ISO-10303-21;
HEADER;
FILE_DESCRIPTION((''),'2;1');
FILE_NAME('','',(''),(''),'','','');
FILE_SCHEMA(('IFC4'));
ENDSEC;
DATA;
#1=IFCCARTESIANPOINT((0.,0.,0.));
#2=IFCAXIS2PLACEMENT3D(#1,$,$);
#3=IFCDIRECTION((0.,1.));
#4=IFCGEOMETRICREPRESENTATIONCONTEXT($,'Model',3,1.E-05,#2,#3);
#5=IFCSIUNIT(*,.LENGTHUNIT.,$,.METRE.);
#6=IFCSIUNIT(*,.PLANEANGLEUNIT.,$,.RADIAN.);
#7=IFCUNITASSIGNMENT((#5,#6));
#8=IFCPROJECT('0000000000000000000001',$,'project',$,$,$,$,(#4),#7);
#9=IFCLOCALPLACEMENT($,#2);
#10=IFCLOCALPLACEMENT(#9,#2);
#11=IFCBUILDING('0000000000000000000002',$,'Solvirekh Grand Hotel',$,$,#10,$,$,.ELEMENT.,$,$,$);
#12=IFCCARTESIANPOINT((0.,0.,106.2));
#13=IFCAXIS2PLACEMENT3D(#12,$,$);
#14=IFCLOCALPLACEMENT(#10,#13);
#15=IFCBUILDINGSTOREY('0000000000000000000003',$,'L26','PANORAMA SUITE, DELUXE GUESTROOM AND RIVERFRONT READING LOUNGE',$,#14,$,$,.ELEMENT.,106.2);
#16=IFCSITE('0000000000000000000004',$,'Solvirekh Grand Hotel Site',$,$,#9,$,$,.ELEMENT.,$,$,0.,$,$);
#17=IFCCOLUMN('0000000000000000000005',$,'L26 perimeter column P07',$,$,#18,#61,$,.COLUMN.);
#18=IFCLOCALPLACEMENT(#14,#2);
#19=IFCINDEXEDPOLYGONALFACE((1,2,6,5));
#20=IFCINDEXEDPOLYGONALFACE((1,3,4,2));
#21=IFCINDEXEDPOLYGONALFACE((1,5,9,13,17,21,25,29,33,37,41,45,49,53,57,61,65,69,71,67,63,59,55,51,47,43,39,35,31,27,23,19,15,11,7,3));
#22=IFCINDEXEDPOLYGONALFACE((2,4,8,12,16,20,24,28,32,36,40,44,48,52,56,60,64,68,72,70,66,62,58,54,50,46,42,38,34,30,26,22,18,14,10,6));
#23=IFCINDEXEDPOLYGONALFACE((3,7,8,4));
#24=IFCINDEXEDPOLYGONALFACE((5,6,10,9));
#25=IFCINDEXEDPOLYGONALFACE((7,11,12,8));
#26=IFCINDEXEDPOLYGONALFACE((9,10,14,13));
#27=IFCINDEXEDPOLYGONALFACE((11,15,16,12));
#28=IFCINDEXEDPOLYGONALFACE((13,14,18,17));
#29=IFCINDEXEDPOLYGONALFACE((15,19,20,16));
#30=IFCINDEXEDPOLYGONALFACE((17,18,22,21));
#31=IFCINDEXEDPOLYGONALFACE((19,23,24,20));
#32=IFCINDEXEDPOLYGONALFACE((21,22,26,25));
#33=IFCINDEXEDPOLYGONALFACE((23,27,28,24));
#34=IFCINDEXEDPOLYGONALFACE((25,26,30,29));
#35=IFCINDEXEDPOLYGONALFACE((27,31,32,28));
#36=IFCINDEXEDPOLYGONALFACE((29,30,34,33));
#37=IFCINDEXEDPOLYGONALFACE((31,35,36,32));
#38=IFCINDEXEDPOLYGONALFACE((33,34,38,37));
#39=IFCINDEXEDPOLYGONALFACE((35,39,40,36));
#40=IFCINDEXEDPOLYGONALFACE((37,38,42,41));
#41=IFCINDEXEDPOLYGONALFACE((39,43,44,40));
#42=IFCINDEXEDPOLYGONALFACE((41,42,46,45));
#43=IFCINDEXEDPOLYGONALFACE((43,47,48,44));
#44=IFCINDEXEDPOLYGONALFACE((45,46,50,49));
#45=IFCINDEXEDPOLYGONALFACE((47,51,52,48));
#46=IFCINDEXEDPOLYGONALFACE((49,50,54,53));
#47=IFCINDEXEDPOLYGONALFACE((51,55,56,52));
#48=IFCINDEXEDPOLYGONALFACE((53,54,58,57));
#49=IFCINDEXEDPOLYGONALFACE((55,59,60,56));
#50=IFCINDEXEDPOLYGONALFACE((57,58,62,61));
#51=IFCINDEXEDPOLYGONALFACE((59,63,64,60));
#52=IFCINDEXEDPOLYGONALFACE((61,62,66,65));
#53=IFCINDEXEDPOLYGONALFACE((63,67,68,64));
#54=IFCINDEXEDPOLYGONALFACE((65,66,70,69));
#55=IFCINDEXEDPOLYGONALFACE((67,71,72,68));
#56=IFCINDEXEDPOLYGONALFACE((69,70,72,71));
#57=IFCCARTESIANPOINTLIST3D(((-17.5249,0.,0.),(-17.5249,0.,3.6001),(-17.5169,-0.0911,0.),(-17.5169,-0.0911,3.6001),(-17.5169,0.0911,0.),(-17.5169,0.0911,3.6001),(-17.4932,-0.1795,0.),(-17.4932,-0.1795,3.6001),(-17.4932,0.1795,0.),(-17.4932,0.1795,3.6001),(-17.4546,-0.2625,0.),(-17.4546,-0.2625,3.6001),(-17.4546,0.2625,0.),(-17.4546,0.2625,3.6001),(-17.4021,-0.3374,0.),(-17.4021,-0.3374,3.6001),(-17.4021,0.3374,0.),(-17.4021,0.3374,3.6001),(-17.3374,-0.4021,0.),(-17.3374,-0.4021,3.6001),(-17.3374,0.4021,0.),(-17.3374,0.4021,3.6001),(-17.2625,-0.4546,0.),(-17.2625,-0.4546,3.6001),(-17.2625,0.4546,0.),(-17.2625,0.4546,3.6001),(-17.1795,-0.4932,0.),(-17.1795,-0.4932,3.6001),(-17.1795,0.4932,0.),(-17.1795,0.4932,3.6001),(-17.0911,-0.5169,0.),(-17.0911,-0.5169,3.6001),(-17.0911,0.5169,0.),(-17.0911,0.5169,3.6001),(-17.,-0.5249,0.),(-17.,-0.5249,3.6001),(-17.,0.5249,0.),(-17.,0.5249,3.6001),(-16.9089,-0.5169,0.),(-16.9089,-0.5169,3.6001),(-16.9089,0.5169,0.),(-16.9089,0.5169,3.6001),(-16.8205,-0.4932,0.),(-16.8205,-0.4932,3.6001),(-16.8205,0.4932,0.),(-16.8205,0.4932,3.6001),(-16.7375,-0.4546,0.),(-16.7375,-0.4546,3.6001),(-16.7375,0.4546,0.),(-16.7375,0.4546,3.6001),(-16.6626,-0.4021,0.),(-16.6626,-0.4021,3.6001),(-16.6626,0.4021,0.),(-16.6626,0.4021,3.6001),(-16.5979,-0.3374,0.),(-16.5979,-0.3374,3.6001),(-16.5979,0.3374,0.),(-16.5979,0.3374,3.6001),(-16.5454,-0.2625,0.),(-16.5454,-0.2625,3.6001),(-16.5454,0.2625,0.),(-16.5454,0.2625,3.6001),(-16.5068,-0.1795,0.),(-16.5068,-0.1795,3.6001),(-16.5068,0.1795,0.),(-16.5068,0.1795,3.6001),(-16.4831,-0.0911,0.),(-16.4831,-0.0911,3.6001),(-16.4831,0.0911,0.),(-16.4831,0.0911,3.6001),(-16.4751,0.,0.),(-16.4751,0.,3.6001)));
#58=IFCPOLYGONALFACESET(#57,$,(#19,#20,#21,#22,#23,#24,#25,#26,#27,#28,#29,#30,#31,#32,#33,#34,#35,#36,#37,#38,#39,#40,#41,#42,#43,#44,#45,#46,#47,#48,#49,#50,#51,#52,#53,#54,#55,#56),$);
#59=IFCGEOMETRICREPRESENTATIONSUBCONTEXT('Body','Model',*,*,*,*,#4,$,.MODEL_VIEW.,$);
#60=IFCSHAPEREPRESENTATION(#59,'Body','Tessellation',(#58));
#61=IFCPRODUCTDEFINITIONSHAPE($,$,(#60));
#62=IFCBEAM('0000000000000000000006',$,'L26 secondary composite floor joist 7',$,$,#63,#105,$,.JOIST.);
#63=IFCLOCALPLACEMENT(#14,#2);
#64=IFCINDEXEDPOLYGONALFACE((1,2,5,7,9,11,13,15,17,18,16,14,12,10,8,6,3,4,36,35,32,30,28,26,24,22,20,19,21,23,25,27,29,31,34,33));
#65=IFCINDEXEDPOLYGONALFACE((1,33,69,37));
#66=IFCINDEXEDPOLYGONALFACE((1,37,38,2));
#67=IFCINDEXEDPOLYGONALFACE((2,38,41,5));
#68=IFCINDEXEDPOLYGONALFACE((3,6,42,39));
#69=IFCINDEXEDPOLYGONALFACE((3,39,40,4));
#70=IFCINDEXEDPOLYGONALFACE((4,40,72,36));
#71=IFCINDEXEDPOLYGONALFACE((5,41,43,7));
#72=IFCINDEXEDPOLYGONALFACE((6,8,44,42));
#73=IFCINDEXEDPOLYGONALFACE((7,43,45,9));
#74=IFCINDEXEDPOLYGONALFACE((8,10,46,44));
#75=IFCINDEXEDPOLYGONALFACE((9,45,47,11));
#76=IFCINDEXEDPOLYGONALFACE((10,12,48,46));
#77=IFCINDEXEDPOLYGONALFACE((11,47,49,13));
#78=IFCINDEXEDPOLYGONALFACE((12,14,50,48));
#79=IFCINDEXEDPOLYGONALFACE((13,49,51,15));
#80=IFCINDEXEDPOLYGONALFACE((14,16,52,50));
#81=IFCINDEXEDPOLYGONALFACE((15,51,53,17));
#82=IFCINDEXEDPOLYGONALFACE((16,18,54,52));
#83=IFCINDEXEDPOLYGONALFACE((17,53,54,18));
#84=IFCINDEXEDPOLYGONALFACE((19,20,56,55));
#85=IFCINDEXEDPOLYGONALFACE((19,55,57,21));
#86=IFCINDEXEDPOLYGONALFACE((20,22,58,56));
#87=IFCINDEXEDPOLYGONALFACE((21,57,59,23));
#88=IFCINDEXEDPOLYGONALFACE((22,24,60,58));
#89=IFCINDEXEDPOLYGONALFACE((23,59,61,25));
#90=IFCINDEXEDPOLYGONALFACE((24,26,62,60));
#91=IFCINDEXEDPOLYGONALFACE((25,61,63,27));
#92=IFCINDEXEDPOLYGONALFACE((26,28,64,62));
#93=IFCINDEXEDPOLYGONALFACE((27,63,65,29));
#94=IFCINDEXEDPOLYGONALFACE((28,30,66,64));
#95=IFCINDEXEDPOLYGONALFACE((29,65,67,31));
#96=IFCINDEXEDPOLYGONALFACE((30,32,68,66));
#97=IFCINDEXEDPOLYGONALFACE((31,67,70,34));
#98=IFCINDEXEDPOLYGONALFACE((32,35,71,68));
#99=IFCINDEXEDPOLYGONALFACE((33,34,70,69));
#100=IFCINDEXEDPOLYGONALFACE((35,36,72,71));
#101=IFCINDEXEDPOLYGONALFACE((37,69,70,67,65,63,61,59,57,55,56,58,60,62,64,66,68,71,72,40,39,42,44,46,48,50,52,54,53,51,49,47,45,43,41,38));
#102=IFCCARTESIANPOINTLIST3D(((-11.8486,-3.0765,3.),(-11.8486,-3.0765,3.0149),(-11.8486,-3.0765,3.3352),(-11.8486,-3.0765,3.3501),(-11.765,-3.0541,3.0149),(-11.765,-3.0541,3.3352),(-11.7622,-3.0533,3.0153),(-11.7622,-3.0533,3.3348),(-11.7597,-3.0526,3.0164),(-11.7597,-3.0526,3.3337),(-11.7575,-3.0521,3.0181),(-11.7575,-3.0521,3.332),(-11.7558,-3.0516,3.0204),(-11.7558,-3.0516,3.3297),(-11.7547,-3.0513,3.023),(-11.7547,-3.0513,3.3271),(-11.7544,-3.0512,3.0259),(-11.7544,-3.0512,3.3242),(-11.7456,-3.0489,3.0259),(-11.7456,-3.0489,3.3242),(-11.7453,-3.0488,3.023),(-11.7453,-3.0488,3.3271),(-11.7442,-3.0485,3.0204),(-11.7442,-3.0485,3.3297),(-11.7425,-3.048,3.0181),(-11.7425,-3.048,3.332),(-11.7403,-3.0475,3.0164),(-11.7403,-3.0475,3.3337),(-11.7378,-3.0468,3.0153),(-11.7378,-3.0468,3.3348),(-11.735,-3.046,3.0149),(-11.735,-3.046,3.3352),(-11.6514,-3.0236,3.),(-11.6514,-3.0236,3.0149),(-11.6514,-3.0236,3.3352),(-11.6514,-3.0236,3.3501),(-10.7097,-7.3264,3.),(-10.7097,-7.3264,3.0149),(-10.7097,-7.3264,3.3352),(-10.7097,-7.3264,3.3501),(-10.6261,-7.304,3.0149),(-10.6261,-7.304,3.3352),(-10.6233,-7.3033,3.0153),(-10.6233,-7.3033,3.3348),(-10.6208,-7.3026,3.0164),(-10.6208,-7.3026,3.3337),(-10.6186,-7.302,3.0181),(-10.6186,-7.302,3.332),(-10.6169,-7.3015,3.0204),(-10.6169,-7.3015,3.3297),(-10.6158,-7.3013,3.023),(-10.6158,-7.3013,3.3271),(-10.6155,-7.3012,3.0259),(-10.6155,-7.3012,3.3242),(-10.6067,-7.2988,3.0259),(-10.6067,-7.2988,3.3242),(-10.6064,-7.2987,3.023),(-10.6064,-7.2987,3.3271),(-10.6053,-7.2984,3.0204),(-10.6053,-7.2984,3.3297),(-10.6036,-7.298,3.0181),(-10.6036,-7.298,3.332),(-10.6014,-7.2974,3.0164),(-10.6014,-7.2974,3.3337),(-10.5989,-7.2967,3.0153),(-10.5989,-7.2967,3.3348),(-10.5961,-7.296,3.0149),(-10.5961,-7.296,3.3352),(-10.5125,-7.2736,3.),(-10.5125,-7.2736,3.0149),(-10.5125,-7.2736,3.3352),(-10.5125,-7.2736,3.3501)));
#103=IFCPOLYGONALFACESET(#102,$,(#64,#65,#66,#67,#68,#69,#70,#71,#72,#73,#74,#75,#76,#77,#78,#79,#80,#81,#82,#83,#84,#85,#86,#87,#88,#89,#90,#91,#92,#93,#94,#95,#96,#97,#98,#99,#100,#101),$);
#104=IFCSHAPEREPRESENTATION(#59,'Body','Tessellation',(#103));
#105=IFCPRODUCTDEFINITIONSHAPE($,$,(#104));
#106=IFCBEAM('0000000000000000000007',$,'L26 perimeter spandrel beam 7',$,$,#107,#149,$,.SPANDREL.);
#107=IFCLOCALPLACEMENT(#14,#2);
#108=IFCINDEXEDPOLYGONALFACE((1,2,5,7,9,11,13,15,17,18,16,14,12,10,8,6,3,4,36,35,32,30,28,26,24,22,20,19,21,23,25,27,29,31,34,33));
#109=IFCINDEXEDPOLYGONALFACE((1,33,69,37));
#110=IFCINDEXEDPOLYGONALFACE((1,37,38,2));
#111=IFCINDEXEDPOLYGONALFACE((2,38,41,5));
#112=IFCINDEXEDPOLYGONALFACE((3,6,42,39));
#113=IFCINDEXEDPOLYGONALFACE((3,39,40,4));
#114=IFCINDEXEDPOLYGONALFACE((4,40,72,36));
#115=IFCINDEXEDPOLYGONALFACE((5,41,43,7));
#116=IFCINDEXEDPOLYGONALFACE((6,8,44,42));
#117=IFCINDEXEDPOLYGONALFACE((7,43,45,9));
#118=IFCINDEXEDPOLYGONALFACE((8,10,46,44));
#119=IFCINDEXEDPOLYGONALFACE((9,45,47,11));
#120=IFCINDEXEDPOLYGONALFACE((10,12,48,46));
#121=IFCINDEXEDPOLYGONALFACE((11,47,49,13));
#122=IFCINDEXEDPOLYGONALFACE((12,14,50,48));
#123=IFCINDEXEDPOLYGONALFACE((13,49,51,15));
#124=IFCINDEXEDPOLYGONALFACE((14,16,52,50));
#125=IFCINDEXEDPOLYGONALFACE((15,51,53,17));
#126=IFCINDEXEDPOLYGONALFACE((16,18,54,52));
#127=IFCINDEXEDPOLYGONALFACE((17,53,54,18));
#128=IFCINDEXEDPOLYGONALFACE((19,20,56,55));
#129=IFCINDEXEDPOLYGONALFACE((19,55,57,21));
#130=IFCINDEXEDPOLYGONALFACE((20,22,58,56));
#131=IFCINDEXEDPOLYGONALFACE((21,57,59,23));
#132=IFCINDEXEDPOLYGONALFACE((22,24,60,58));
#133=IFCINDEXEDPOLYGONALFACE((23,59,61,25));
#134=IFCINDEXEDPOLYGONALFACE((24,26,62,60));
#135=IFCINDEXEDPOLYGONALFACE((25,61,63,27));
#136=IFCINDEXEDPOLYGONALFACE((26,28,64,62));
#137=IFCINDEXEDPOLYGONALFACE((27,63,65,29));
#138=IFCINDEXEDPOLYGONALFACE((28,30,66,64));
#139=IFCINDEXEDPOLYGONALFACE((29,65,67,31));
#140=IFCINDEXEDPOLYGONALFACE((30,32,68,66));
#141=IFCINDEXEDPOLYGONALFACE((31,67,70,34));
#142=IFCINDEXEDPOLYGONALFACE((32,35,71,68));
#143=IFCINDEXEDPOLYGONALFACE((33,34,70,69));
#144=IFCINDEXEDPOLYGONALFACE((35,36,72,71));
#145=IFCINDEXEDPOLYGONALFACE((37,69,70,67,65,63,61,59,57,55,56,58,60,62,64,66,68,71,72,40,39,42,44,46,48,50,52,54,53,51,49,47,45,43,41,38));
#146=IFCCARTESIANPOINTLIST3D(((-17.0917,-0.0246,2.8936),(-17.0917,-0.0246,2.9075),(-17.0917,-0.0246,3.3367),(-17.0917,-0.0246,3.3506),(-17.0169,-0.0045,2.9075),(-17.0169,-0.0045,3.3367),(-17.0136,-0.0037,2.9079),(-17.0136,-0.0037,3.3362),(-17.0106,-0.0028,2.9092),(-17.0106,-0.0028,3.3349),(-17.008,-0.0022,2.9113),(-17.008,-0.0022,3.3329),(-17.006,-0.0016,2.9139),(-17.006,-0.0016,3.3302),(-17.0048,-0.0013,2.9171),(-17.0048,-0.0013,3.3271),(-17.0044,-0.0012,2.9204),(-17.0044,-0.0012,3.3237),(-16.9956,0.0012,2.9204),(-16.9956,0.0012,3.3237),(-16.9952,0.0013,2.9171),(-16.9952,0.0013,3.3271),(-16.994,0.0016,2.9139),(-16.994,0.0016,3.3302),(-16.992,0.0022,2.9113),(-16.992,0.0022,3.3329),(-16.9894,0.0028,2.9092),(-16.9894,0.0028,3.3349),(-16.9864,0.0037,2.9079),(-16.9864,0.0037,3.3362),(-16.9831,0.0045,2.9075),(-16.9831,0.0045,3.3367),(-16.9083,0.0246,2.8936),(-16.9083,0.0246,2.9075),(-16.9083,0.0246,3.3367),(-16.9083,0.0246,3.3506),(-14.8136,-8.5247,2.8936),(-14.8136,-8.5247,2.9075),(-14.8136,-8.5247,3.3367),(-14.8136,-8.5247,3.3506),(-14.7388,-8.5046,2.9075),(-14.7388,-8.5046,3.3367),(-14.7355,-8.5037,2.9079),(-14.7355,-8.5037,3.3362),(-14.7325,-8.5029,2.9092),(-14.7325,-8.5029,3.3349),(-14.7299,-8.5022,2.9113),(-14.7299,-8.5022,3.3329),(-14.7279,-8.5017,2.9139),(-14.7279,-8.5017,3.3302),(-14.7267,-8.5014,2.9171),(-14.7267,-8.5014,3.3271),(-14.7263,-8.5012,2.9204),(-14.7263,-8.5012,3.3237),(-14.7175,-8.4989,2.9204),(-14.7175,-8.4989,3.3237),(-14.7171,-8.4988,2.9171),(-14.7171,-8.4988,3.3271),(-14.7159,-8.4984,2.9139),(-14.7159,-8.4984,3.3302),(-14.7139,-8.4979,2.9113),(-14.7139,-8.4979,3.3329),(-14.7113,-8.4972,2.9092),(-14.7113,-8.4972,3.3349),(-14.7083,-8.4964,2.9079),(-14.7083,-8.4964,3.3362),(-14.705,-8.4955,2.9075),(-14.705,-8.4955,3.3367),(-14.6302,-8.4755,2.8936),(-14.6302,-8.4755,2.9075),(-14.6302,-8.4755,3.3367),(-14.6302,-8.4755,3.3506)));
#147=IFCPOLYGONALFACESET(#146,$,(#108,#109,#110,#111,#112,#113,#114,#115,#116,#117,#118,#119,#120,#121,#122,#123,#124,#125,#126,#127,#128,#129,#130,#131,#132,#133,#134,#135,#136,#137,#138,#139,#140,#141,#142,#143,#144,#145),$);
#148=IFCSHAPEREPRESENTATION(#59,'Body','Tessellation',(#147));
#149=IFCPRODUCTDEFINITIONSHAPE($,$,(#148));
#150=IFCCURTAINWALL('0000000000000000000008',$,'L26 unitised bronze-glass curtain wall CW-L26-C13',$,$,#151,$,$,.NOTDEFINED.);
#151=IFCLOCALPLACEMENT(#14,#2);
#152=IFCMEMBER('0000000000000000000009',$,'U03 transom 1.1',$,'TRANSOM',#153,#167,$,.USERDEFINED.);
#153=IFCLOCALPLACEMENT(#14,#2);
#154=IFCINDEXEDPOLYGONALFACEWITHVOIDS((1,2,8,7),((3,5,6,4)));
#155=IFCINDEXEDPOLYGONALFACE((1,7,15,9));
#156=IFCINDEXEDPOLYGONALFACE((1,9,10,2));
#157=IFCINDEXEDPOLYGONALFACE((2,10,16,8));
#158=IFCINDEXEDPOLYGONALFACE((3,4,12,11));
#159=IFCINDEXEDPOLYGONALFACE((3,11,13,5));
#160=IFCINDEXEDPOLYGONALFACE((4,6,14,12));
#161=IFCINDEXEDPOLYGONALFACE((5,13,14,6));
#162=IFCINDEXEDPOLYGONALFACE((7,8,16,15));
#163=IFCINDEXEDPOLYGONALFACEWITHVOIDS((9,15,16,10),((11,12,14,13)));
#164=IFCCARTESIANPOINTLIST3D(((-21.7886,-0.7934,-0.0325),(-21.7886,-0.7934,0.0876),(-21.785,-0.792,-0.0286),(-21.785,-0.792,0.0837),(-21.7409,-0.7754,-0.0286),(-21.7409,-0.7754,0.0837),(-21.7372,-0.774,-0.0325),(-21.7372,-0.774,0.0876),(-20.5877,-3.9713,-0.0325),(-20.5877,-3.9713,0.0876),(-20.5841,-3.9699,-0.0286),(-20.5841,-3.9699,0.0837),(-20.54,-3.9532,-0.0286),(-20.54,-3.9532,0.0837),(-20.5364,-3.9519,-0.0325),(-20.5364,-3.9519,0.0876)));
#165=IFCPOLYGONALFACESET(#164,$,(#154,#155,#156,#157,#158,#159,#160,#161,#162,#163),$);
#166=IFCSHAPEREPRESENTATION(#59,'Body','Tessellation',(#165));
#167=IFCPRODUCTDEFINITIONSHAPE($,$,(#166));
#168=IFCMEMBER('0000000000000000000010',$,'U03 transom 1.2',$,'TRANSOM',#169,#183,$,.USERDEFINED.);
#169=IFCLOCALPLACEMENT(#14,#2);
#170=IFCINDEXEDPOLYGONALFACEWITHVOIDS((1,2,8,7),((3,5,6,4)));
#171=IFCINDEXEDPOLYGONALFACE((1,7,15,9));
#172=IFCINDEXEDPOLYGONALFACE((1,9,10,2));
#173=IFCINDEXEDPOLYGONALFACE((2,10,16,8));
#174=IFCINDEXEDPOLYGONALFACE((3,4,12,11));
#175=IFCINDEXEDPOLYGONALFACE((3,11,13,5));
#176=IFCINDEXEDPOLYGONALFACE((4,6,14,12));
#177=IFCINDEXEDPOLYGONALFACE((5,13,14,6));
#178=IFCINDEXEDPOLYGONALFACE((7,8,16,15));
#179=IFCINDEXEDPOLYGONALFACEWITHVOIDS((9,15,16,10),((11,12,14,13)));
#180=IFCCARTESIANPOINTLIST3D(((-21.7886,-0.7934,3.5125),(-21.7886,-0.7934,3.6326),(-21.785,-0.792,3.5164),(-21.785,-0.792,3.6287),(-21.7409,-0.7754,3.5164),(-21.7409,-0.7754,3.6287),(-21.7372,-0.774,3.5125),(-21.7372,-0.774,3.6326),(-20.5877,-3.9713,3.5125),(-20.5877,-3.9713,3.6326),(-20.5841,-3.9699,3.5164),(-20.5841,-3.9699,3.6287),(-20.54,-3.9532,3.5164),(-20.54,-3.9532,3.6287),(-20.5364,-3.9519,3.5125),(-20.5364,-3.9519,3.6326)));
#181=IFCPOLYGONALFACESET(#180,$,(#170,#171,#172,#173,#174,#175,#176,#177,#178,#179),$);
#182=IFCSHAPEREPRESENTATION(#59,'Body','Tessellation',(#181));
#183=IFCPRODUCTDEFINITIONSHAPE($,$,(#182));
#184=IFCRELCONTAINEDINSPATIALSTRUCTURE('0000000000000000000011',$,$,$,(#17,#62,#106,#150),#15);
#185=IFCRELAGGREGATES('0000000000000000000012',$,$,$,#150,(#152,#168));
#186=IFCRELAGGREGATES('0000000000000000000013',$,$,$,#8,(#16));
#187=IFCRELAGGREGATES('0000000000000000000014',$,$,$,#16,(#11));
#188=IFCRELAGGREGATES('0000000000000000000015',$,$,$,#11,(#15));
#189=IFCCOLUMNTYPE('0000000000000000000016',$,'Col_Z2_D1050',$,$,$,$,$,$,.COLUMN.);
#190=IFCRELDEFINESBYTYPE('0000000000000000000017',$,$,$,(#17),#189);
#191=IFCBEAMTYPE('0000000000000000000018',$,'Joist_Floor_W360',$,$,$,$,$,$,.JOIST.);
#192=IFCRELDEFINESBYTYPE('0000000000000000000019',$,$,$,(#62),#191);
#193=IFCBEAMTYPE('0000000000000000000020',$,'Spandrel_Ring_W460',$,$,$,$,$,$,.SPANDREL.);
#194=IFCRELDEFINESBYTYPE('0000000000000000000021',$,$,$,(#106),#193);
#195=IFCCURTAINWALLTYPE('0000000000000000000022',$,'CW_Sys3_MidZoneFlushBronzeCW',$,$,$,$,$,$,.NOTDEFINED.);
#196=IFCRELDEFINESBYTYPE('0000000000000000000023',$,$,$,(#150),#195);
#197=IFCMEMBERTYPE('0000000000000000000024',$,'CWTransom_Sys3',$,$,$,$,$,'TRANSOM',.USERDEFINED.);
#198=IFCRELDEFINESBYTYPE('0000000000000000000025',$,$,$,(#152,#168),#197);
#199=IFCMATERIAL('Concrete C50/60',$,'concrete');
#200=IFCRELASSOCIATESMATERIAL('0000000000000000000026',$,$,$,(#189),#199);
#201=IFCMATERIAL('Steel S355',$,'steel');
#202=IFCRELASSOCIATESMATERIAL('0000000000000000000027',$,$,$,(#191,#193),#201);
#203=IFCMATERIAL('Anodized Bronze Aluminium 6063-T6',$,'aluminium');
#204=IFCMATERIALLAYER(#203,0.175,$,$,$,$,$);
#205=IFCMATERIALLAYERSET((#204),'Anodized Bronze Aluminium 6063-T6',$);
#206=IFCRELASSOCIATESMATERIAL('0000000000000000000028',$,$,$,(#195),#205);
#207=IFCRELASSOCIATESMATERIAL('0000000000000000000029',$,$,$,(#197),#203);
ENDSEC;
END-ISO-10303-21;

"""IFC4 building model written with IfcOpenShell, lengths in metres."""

from ifc_helpers import new_model, si_unit, direction, frame, origin, origin_2d, place, context, subcontext, project, spatial, hollow_rectangle, circle, i_section, extrude, source, transform, mapped, material, layer, layer_set, material_profile, profile_set, type_object, element, aggregate, save


model = new_model("IFC4")

# Units and contexts
model_context = context("Model", 3, precision=1e-05, world=origin(), true_north=direction((0.0, 1.0)))
body_context = subcontext(model_context, "Body", "Model", "MODEL_VIEW")
ifc_project = project(units=[si_unit("LENGTHUNIT", "METRE"), si_unit("PLANEANGLEUNIT", "RADIAN")], contexts=[model_context])

# Site, building, storey
site_placement = place(None, origin())
site = spatial("IfcSite", under=ifc_project, at=site_placement, Name="Solvirekh Grand Hotel Site", CompositionType="ELEMENT", RefElevation=0.0)
building_placement = place(site_placement, origin())
building = spatial("IfcBuilding", under=site, at=building_placement, Name="Solvirekh Grand Hotel", CompositionType="ELEMENT")
storey_placement = place(building_placement, frame((0.0, 0.0, 106.2)))
storey = spatial("IfcBuildingStorey", under=building, at=storey_placement, Name="L26", Description="PANORAMA SUITE, DELUXE GUESTROOM AND RIVERFRONT READING LOUNGE", CompositionType="ELEMENT", Elevation=106.2)

# Column
ifc_material_1 = material(Name="Concrete C50/60", Category="concrete")
ifc_material_profile_1 = material_profile(ifc_material_1, circle(Radius=0.5249, at=origin_2d()), Name="RC CIRC D1050")
ifc_profile_set_1 = profile_set([ifc_material_profile_1], Name="Concrete C50/60")
column_type = type_object("IfcColumnType", Name="Col_Z2_D1050", PredefinedType="COLUMN", material=ifc_profile_set_1)
column_placement = place(storey_placement, frame((-17.0, 0.0, 0.0), z_axis=(0.0, 0.0, 1.0), x_axis=(1.0, 0.0, 0.0)))
element("IfcColumn", 1, at=column_placement, inside=storey, type_object=column_type, Name="L26 perimeter column P07", PredefinedType="COLUMN", context=body_context, shape_type="SweptSolid", body=[
    extrude(circle(Radius=0.5249, at=origin_2d()), origin(), (0.0, 0.0, 1.0), 3.6001),
])

# Beams
ifc_material_2 = material(Name="Steel S355", Category="steel")
ifc_material_profile_2 = material_profile(ifc_material_2, i_section(OverallWidth=0.2041, OverallDepth=0.3501, WebThickness=0.009, FlangeThickness=0.0149, FilletRadius=0.011, at=origin_2d()), Name="W360X72")
ifc_profile_set_2 = profile_set([ifc_material_profile_2], Name="Steel S355")
beam_type_1 = type_object("IfcBeamType", Name="Joist_Floor_W360", PredefinedType="JOIST", material=ifc_profile_set_2)
beam_1_placement = place(storey_placement, frame((-11.75, -3.05, 3.175), z_axis=(0.258847, -0.965918, 0.0), x_axis=(0.965918, 0.258847, 0.0)))
element("IfcBeam", 2, at=beam_1_placement, inside=storey, type_object=beam_type_1, Name="L26 secondary composite floor joist 7", PredefinedType="JOIST", context=body_context, shape_type="SweptSolid", body=[
    extrude(i_section(OverallWidth=0.2041, OverallDepth=0.3501, WebThickness=0.009, FlangeThickness=0.0149, FilletRadius=0.011, at=origin_2d()), origin(), (0.0, 0.0, 1.0), 4.3999),
])
ifc_material_profile_3 = material_profile(ifc_material_2, i_section(OverallWidth=0.1899, OverallDepth=0.457, WebThickness=0.009, FlangeThickness=0.0139, FilletRadius=0.0129, at=origin_2d()), Name="W460X74")
ifc_profile_set_3 = profile_set([ifc_material_profile_3], Name="Steel S355")
beam_type_2 = type_object("IfcBeamType", Name="Spandrel_Ring_W460", PredefinedType="SPANDREL", material=ifc_profile_set_3)
beam_2_placement = place(storey_placement, frame((-17.0, 0.0, 3.1221), z_axis=(0.258873, -0.965911, 0.0), x_axis=(0.965911, 0.258873, 0.0)))
element("IfcBeam", 3, at=beam_2_placement, inside=storey, type_object=beam_type_2, Name="L26 perimeter spandrel beam 7", PredefinedType="SPANDREL", context=body_context, shape_type="SweptSolid", body=[
    extrude(i_section(OverallWidth=0.1899, OverallDepth=0.457, WebThickness=0.009, FlangeThickness=0.0139, FilletRadius=0.0129, at=origin_2d()), origin(), (0.0, 0.0, 1.0), 8.8),
])

# Curtain wall, members
ifc_material_3 = material(Name="Anodized Bronze Aluminium 6063-T6", Category="aluminium")
ifc_layer_1 = layer(ifc_material_3, 0.175)
ifc_layer_set_1 = layer_set([ifc_layer_1], Name="Anodized Bronze Aluminium 6063-T6")
curtain_wall_type = type_object("IfcCurtainWallType", Name="CW_Sys3_MidZoneFlushBronzeCW", PredefinedType="NOTDEFINED", material=ifc_layer_set_1)
curtain_wall_placement = place(storey_placement, origin())
curtain_wall = element("IfcCurtainWall", 4, at=curtain_wall_placement, inside=storey, type_object=curtain_wall_type, Name="L26 unitised bronze-glass curtain wall CW-L26-C13", PredefinedType="NOTDEFINED")
ifc_material_profile_4 = material_profile(ifc_material_3, hollow_rectangle(XDim=0.0549, YDim=0.1201, WallThickness=0.0039, at=origin_2d()), Name="ALU RHS 120X55X4")
ifc_profile_set_4 = profile_set([ifc_material_profile_4], Name="Anodized Bronze Aluminium 6063-T6")
member_type_1 = type_object("IfcMemberType", Name="CWTransom_Sys3", ElementType="TRANSOM", PredefinedType="USERDEFINED", material=ifc_profile_set_4)
shared_shape_1 = source(origin(), body_context, "Body", "SweptSolid", [
    extrude(hollow_rectangle(XDim=0.0549, YDim=0.1201, WallThickness=0.0039, at=origin_2d()), origin(), (0.0, 0.0, 1.0), 3.3972),
])
member_1_placement = place(storey_placement, frame((-21.7629, -0.7837, 0.0276), z_axis=(0.353493, -0.935437, 0.0), x_axis=(0.935437, 0.353493, 0.0)))
member_1 = element("IfcMember", 5, at=member_1_placement, type_object=member_type_1, Name="U03 transom 1.1", ObjectType="TRANSOM", PredefinedType="USERDEFINED", context=body_context, shape_type="MappedRepresentation", body=[
    mapped(shared_shape_1, transform((0.0, 0.0, 0.0), x_axis=(1.0, 0.0, 0.0), y_axis=(0.0, 1.0, 0.0), z_axis=(0.0, 0.0, 1.0), scale=1.0)),
])
member_2_placement = place(storey_placement, frame((-21.7629, -0.7837, 3.5725), z_axis=(0.353493, -0.935437, 0.0), x_axis=(0.935437, 0.353493, 0.0)))
member_2 = element("IfcMember", 6, at=member_2_placement, type_object=member_type_1, Name="U03 transom 1.2", ObjectType="TRANSOM", PredefinedType="USERDEFINED", context=body_context, shape_type="MappedRepresentation", body=[
    mapped(shared_shape_1, transform((0.0, 0.0, 0.0), x_axis=(1.0, 0.0, 0.0), y_axis=(0.0, 1.0, 0.0), z_axis=(0.0, 0.0, 1.0), scale=1.0)),
])
aggregate(curtain_wall, [member_1, member_2])

save(model, "model.ifc")
